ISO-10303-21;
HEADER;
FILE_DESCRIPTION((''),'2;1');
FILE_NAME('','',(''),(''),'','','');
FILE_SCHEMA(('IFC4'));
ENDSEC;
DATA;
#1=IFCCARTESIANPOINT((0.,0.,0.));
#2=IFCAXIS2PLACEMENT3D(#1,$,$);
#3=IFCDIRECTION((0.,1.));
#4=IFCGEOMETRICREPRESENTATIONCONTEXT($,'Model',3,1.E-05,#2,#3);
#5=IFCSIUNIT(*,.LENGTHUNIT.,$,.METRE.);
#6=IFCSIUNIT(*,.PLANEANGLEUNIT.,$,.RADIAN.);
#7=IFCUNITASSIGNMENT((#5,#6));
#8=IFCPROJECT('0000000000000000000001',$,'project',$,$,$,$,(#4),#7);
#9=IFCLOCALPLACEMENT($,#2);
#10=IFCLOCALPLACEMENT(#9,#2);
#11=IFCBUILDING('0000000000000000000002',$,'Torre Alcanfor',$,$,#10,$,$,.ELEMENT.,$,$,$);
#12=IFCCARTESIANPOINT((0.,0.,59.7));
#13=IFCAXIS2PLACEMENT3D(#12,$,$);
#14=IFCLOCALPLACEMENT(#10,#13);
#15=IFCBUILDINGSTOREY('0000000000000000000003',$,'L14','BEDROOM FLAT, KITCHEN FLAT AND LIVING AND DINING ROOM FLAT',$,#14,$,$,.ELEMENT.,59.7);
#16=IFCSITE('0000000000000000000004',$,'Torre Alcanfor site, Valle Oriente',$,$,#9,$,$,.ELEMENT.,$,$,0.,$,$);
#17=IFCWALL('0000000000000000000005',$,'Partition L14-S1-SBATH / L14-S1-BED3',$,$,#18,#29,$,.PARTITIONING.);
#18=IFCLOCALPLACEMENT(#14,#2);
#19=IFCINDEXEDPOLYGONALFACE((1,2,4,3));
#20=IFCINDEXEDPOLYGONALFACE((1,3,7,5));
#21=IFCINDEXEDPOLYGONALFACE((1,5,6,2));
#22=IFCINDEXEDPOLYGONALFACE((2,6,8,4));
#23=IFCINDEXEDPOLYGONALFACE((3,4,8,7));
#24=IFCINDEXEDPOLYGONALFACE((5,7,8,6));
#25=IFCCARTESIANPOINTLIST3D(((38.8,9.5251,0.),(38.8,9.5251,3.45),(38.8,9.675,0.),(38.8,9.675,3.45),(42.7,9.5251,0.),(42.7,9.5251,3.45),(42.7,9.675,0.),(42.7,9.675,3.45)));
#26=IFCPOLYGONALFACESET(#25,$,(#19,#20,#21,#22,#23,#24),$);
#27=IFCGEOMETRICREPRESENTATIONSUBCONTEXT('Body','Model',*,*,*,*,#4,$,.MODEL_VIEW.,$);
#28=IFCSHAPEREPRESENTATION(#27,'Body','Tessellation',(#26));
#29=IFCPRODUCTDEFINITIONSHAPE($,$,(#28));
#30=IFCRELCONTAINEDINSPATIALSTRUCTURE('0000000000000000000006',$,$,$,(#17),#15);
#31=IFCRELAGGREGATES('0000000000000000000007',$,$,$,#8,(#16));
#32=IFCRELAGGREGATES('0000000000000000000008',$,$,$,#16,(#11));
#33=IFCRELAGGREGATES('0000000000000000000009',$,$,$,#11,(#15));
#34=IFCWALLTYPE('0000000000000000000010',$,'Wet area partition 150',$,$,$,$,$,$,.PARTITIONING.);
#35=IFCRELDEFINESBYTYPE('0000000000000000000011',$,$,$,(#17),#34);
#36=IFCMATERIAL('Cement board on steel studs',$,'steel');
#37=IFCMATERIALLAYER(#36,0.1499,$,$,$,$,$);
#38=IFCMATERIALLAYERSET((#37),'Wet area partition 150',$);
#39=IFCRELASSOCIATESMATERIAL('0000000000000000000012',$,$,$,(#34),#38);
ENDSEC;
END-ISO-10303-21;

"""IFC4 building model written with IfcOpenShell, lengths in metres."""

from ifc_helpers import new_model, si_unit, direction, frame, frame_2d, origin, place, context, subcontext, project, spatial, rectangle, extrude, material, layer, layer_set, type_object, element, save


model = new_model("IFC4")

# Units and contexts
model_context = context("Model", 3, precision=1e-05, world=origin(), true_north=direction((0.0, 1.0)))
body_context = subcontext(model_context, "Body", "Model", "MODEL_VIEW")
ifc_project = project(units=[si_unit("LENGTHUNIT", "METRE"), si_unit("PLANEANGLEUNIT", "RADIAN")], contexts=[model_context])

# Site, building, storey
site_placement = place(None, origin())
site = spatial("IfcSite", under=ifc_project, at=site_placement, Name="Torre Alcanfor site, Valle Oriente", CompositionType="ELEMENT", RefElevation=0.0)
building_placement = place(site_placement, origin())
building = spatial("IfcBuilding", under=site, at=building_placement, Name="Torre Alcanfor", CompositionType="ELEMENT")
storey_placement = place(building_placement, frame((0.0, 0.0, 59.7)))
storey = spatial("IfcBuildingStorey", under=building, at=storey_placement, Name="L14", Description="BEDROOM FLAT, KITCHEN FLAT AND LIVING AND DINING ROOM FLAT", CompositionType="ELEMENT", Elevation=59.7)

# Shared definitions
ifc_material_1 = material(Name="Cement board on steel studs", Category="steel")
ifc_layer_1 = layer(ifc_material_1, 0.1499)
ifc_layer_set_1 = layer_set([ifc_layer_1], Name="Wet area partition 150")
wall_type_1 = type_object("IfcWallType", Name="Wet area partition 150", PredefinedType="PARTITIONING", material=ifc_layer_set_1)

# Wall
wall_1_placement = place(storey_placement, frame((38.8, 9.6001, 0.0), z_axis=(0.0, 0.0, 1.0), x_axis=(1.0, 0.0, 0.0)))
element("IfcWall", 1, at=wall_1_placement, inside=storey, type_object=wall_type_1, Name="Partition L14-S1-SBATH / L14-S1-BED3", PredefinedType="PARTITIONING", context=body_context, shape_type="SweptSolid", body=[
    extrude(rectangle(XDim=3.8999, YDim=0.1499, at=frame_2d((1.95, 0.0))), origin(), (0.0, 0.0, 1.0), 3.45),
])

save(model, "model.ifc")
